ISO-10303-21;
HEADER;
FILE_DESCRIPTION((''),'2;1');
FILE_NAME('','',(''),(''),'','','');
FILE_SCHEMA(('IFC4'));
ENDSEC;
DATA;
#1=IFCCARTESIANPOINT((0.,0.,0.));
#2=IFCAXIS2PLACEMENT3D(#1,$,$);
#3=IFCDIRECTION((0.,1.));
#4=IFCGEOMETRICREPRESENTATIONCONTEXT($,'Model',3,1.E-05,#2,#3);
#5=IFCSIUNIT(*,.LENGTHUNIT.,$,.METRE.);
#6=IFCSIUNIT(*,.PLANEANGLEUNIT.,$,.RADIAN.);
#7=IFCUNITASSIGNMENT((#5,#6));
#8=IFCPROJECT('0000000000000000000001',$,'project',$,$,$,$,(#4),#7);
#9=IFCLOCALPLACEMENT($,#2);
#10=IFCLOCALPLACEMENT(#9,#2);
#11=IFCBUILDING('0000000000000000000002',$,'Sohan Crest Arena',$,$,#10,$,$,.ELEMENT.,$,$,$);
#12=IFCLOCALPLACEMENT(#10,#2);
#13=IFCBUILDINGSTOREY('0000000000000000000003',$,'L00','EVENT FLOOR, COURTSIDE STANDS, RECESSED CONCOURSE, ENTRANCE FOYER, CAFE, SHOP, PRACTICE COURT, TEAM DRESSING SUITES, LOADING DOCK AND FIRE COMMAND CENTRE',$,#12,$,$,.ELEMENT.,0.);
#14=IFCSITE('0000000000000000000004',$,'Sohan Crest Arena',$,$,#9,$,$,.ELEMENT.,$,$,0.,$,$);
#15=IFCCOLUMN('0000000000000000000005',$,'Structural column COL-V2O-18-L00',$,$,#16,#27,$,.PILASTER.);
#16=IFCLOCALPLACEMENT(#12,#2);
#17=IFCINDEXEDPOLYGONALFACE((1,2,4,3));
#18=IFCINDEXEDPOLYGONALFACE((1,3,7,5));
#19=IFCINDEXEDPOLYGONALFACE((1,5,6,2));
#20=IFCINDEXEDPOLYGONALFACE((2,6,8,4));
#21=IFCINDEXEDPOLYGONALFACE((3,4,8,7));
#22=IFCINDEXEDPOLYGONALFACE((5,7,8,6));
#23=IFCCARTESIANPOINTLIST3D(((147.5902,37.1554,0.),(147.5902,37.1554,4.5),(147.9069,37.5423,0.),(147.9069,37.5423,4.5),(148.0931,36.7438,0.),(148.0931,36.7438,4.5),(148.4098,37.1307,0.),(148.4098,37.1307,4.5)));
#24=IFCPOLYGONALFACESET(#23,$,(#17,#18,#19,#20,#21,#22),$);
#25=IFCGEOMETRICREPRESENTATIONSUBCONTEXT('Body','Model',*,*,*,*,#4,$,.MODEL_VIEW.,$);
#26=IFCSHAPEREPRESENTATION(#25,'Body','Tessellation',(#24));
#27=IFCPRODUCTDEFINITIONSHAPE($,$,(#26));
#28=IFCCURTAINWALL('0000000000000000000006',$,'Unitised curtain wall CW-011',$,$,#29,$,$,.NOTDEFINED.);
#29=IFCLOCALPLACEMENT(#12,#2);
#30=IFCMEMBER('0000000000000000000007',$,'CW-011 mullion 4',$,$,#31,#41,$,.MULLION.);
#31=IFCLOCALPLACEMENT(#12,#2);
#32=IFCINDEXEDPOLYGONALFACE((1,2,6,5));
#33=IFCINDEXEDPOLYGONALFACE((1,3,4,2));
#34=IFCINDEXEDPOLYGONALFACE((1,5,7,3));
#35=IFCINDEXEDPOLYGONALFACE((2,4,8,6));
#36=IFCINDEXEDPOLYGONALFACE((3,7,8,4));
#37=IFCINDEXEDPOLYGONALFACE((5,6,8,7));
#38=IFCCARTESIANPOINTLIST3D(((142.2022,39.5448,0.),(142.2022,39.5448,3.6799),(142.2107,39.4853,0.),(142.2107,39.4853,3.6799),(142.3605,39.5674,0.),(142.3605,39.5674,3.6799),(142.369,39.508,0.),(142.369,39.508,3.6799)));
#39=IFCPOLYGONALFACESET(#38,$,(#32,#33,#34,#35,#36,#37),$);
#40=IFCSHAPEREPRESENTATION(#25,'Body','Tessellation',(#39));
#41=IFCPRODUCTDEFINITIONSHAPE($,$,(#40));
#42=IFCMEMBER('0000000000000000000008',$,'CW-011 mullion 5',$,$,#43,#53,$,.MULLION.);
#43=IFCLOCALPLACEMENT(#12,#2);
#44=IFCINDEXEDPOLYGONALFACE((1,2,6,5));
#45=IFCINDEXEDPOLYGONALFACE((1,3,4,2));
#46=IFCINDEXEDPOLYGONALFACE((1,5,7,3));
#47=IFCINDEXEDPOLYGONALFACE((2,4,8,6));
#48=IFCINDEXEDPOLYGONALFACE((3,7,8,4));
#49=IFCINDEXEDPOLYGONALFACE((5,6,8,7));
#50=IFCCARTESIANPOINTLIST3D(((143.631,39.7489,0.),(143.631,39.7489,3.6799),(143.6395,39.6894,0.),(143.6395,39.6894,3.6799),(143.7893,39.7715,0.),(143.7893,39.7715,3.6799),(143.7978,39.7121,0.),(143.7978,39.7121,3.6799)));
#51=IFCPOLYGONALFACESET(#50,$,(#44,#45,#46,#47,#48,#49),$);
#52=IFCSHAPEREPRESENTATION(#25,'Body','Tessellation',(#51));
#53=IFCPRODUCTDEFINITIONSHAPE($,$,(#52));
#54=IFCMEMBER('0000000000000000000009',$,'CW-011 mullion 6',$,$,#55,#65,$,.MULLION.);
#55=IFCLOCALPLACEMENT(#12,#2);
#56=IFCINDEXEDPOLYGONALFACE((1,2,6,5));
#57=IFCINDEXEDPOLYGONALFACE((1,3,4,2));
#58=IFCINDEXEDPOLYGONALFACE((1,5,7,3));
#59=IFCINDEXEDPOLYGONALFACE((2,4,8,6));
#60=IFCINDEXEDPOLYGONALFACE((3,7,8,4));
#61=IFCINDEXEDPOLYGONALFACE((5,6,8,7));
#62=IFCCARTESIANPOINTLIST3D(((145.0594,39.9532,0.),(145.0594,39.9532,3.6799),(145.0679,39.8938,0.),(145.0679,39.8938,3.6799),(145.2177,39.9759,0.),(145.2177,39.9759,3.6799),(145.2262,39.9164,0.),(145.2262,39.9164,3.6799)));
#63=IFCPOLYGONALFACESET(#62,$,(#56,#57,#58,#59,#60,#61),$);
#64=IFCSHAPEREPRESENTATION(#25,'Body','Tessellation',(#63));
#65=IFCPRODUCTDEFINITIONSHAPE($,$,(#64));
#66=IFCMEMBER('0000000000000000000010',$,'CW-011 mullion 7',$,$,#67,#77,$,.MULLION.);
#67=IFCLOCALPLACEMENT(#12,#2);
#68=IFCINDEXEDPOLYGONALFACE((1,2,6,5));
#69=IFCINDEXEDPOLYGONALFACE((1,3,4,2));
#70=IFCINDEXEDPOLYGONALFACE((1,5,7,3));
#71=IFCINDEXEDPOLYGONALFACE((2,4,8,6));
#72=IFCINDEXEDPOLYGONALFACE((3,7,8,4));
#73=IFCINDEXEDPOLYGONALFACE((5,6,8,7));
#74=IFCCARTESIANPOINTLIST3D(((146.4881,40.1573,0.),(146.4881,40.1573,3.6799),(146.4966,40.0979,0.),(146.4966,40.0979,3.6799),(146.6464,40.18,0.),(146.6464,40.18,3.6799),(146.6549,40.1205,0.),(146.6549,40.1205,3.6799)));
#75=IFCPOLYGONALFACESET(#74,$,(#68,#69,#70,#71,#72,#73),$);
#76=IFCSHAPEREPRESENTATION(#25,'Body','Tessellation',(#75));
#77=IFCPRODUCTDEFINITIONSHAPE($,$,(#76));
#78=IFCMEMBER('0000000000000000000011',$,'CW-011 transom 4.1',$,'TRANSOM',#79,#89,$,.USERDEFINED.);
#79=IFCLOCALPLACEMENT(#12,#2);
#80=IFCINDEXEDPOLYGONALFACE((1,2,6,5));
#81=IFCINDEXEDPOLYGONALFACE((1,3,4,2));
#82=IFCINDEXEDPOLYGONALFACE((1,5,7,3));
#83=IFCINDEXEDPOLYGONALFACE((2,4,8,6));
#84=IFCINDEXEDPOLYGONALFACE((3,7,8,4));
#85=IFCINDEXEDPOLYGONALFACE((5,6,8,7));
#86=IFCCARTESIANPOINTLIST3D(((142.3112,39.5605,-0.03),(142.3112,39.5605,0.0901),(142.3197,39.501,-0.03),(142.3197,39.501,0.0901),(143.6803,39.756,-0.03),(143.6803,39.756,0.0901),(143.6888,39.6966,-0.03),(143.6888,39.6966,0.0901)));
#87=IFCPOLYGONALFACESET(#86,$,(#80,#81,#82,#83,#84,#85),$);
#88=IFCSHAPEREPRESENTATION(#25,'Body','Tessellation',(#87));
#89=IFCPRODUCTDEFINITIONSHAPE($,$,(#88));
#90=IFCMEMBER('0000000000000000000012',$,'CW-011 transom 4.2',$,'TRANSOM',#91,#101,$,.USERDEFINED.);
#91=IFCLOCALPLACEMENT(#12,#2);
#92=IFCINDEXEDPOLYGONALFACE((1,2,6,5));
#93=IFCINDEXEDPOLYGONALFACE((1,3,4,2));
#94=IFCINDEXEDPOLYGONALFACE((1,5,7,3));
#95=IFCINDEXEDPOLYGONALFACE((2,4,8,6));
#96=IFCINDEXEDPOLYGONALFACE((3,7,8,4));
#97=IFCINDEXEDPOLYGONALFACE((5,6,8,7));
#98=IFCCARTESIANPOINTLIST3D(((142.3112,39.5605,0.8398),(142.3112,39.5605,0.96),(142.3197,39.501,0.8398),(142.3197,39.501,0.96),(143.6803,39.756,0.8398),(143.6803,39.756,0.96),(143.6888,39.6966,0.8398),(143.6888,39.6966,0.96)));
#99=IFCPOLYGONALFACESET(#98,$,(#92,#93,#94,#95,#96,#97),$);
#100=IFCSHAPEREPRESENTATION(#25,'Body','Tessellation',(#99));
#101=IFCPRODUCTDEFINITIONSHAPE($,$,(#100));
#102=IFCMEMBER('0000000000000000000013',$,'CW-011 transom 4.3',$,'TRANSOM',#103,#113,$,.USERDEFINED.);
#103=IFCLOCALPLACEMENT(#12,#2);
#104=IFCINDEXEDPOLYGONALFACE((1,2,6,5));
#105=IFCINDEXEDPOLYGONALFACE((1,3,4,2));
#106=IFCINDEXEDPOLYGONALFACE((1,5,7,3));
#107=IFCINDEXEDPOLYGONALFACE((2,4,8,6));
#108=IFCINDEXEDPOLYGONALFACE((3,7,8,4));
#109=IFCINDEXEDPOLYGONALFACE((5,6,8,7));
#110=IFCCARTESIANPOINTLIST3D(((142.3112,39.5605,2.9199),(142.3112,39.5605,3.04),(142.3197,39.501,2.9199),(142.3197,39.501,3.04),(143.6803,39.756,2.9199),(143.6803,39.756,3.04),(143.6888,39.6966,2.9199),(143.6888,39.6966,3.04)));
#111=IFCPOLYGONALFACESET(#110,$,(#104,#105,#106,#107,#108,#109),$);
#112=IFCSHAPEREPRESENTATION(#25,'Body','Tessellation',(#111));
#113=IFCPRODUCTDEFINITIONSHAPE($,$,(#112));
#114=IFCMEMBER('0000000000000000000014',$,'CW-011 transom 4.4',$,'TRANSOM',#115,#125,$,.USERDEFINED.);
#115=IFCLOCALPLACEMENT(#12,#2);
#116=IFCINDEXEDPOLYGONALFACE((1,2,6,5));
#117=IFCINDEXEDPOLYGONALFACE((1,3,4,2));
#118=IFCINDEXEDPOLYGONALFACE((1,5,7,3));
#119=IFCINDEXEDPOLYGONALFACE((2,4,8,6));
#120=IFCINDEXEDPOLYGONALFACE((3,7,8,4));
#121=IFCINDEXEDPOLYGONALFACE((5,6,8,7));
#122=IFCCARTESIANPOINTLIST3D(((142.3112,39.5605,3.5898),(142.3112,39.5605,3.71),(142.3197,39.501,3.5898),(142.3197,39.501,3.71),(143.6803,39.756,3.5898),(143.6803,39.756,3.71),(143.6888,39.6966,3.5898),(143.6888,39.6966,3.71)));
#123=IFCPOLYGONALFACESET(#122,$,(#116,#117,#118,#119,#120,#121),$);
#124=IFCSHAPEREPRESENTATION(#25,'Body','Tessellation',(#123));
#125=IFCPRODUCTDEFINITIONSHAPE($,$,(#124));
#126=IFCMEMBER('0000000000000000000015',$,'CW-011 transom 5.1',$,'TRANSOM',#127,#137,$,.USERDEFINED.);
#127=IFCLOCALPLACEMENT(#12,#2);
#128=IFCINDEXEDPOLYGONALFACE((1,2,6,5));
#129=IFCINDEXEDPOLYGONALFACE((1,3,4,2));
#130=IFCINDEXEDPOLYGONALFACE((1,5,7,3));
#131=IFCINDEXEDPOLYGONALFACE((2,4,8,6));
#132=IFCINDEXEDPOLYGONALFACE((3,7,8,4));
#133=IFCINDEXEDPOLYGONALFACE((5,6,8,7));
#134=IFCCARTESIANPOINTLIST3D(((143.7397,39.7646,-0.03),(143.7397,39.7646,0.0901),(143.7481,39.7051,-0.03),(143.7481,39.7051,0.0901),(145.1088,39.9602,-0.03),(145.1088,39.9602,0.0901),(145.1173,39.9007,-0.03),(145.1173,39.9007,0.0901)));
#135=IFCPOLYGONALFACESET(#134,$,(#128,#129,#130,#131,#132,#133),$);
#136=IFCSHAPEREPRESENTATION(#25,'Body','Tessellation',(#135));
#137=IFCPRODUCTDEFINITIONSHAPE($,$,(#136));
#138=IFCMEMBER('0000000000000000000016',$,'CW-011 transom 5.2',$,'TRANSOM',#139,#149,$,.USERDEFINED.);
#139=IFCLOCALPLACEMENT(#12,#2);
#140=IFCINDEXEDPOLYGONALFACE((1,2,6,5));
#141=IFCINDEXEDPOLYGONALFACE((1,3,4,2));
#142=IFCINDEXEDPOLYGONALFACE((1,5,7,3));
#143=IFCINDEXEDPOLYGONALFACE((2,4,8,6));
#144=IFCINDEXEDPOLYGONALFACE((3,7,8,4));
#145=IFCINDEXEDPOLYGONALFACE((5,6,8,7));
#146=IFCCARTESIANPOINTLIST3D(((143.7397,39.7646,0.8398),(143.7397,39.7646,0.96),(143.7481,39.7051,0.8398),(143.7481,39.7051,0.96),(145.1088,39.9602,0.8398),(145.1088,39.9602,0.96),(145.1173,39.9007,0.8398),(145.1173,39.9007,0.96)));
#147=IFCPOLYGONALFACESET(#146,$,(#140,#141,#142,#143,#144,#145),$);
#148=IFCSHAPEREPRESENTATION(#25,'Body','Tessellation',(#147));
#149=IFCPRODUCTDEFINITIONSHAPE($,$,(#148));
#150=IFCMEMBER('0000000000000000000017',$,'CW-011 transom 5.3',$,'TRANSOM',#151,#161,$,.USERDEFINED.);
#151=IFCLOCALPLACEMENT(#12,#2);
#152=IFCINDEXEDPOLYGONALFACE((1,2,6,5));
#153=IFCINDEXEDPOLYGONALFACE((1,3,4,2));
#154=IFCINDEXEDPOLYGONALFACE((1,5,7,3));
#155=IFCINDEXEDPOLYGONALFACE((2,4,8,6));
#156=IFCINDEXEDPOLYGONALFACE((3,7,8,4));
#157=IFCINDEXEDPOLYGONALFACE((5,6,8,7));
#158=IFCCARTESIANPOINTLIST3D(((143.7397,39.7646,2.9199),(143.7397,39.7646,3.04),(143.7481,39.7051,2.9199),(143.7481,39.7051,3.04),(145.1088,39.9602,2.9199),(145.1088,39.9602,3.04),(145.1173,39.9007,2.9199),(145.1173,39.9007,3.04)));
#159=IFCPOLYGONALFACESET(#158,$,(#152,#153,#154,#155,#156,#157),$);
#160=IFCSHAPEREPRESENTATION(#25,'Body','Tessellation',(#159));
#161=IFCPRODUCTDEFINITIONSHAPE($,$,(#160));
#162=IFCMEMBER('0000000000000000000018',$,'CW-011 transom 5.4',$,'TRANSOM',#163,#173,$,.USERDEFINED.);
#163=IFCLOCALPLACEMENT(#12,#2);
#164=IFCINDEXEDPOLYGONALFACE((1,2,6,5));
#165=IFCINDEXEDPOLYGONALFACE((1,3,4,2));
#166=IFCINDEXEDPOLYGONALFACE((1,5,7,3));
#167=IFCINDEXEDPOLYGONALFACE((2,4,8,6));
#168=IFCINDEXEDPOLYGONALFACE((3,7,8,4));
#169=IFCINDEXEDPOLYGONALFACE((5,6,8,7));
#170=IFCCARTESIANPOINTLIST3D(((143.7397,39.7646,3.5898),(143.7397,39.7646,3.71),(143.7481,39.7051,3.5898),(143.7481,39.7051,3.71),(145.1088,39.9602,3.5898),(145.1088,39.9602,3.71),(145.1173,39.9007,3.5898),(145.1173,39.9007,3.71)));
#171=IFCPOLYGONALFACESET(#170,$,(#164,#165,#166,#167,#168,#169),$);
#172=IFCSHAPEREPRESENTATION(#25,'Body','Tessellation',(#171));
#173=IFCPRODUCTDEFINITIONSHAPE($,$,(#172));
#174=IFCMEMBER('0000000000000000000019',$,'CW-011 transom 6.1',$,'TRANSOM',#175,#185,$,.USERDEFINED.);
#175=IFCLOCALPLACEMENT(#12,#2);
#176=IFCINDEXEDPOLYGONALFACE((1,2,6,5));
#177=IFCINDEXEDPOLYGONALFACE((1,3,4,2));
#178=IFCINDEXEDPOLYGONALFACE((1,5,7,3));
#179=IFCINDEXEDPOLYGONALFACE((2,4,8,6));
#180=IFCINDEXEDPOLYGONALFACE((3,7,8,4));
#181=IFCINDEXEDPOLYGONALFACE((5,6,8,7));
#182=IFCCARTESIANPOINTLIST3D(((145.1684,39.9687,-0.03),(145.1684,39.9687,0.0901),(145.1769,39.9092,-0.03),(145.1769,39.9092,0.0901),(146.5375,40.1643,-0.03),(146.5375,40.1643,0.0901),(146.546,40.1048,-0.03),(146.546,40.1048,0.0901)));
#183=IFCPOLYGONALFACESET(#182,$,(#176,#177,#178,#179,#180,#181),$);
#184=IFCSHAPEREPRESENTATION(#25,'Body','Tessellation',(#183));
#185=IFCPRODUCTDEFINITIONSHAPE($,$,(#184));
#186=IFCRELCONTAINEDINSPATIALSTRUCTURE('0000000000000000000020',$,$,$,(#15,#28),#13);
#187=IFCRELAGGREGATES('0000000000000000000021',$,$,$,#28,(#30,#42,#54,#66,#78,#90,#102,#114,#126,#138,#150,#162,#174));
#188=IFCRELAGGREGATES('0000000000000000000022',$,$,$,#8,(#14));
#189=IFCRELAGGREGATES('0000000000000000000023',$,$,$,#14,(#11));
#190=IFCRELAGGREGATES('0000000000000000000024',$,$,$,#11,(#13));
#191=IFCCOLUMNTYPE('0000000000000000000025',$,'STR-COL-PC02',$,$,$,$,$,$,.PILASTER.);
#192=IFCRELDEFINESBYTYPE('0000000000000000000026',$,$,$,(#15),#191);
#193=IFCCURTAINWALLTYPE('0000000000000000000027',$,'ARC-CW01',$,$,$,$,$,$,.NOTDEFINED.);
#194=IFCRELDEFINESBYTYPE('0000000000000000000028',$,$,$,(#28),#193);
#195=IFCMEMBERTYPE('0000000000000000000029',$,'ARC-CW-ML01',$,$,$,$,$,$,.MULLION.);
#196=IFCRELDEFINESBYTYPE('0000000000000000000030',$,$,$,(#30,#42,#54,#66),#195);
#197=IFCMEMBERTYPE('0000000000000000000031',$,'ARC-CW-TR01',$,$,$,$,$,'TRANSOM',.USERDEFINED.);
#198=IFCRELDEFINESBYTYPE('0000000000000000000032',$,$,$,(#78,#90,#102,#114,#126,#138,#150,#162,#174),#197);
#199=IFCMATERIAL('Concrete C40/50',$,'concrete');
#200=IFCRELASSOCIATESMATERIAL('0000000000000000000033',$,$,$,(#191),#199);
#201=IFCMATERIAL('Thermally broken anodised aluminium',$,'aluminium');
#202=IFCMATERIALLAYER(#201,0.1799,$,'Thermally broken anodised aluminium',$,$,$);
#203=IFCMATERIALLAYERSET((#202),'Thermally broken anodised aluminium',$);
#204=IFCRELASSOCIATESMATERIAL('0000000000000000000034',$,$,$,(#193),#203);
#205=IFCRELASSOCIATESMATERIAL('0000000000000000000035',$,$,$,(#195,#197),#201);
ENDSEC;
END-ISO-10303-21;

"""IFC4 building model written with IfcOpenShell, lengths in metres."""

from ifc_helpers import new_model, si_unit, direction, frame, origin, origin_2d, place, context, subcontext, project, spatial, rectangle, extrude, material, layer, layer_set, material_profile, profile_set, type_object, element, aggregate, save


model = new_model("IFC4")

# Units and contexts
model_context = context("Model", 3, precision=1e-05, world=origin(), true_north=direction((0.0, 1.0)))
body_context = subcontext(model_context, "Body", "Model", "MODEL_VIEW")
ifc_project = project(units=[si_unit("LENGTHUNIT", "METRE"), si_unit("PLANEANGLEUNIT", "RADIAN")], contexts=[model_context])

# Site, building, storey
site_placement = place(None, origin())
site = spatial("IfcSite", under=ifc_project, at=site_placement, Name="Sohan Crest Arena", CompositionType="ELEMENT", RefElevation=0.0)
building_placement = place(site_placement, origin())
building = spatial("IfcBuilding", under=site, at=building_placement, Name="Sohan Crest Arena", CompositionType="ELEMENT")
storey_placement = place(building_placement, origin())
storey = spatial("IfcBuildingStorey", under=building, at=storey_placement, Name="L00", Description="EVENT FLOOR, COURTSIDE STANDS, RECESSED CONCOURSE, ENTRANCE FOYER, CAFE, SHOP, PRACTICE COURT, TEAM DRESSING SUITES, LOADING DOCK AND FIRE COMMAND CENTRE", CompositionType="ELEMENT", Elevation=0.0)

# Column
ifc_material_1 = material(Name="Concrete C40/50", Category="concrete")
ifc_material_profile_1 = material_profile(ifc_material_1, rectangle(XDim=0.6499, YDim=0.5, at=origin_2d()), Name="RC 650x500")
ifc_profile_set_1 = profile_set([ifc_material_profile_1], Name="Concrete C40/50")
column_type = type_object("IfcColumnType", Name="STR-COL-PC02", PredefinedType="PILASTER", material=ifc_profile_set_1)
column_placement = place(storey_placement, frame((148.0, 37.1431, 0.0), z_axis=(0.0, 0.0, 1.0), x_axis=(-0.77384, 0.633381, 0.0)))
element("IfcColumn", 1, at=column_placement, inside=storey, type_object=column_type, Name="Structural column COL-V2O-18-L00", PredefinedType="PILASTER", context=body_context, shape_type="SweptSolid", body=[
    extrude(rectangle(XDim=0.6499, YDim=0.5, at=origin_2d()), origin(), (0.0, 0.0, 1.0), 4.5),
])

# Curtain wall, members
ifc_material_2 = material(Name="Thermally broken anodised aluminium", Category="aluminium")
ifc_layer_1 = layer(ifc_material_2, 0.1799, Name="Thermally broken anodised aluminium")
ifc_layer_set_1 = layer_set([ifc_layer_1], Name="Thermally broken anodised aluminium")
curtain_wall_type = type_object("IfcCurtainWallType", Name="ARC-CW01", PredefinedType="NOTDEFINED", material=ifc_layer_set_1)
curtain_wall_placement = place(storey_placement, origin())
curtain_wall = element("IfcCurtainWall", 2, at=curtain_wall_placement, inside=storey, type_object=curtain_wall_type, Name="Unitised curtain wall CW-011", PredefinedType="NOTDEFINED")
ifc_material_profile_2 = material_profile(ifc_material_2, rectangle(XDim=0.0601, YDim=0.1599, at=origin_2d()), Name="ALU-MULL 60x160")
ifc_profile_set_2 = profile_set([ifc_material_profile_2], Name="Thermally broken anodised aluminium")
member_type_1 = type_object("IfcMemberType", Name="ARC-CW-ML01", PredefinedType="MULLION", material=ifc_profile_set_2)
member_1_placement = place(storey_placement, frame((142.2856, 39.5264, 0.0), z_axis=(0.0, 0.0, 1.0), x_axis=(-0.141463, 0.989944, 0.0)))
member_1 = element("IfcMember", 3, at=member_1_placement, type_object=member_type_1, Name="CW-011 mullion 4", PredefinedType="MULLION", context=body_context, shape_type="SweptSolid", body=[
    extrude(rectangle(XDim=0.0601, YDim=0.1599, at=origin_2d()), origin(), (0.0, 0.0, 1.0), 3.6799),
])
member_2_placement = place(storey_placement, frame((143.7144, 39.7305, 0.0), z_axis=(0.0, 0.0, 1.0), x_axis=(-0.141463, 0.989944, 0.0)))
member_2 = element("IfcMember", 4, at=member_2_placement, type_object=member_type_1, Name="CW-011 mullion 5", PredefinedType="MULLION", context=body_context, shape_type="SweptSolid", body=[
    extrude(rectangle(XDim=0.0601, YDim=0.1599, at=origin_2d()), origin(), (0.0, 0.0, 1.0), 3.6799),
])
member_3_placement = place(storey_placement, frame((145.1428, 39.9348, 0.0), z_axis=(0.0, 0.0, 1.0), x_axis=(-0.141463, 0.989944, 0.0)))
member_3 = element("IfcMember", 5, at=member_3_placement, type_object=member_type_1, Name="CW-011 mullion 6", PredefinedType="MULLION", context=body_context, shape_type="SweptSolid", body=[
    extrude(rectangle(XDim=0.0601, YDim=0.1599, at=origin_2d()), origin(), (0.0, 0.0, 1.0), 3.6799),
])
member_4_placement = place(storey_placement, frame((146.5715, 40.1389, 0.0), z_axis=(0.0, 0.0, 1.0), x_axis=(-0.141463, 0.989944, 0.0)))
member_4 = element("IfcMember", 6, at=member_4_placement, type_object=member_type_1, Name="CW-011 mullion 7", PredefinedType="MULLION", context=body_context, shape_type="SweptSolid", body=[
    extrude(rectangle(XDim=0.0601, YDim=0.1599, at=origin_2d()), origin(), (0.0, 0.0, 1.0), 3.6799),
])
ifc_material_profile_3 = material_profile(ifc_material_2, rectangle(XDim=0.0601, YDim=0.1201, at=origin_2d()), Name="ALU-TRAN 60x120")
ifc_profile_set_3 = profile_set([ifc_material_profile_3], Name="Thermally broken anodised aluminium")
member_type_2 = type_object("IfcMemberType", Name="ARC-CW-TR01", ElementType="TRANSOM", PredefinedType="USERDEFINED", material=ifc_profile_set_3)
member_5_placement = place(storey_placement, frame((142.3154, 39.5308, 0.03), z_axis=(0.989953, 0.141397, 0.0), x_axis=(-0.141397, 0.989953, 0.0)))
member_5 = element("IfcMember", 7, at=member_5_placement, type_object=member_type_2, Name="CW-011 transom 4.1", ObjectType="TRANSOM", PredefinedType="USERDEFINED", context=body_context, shape_type="SweptSolid", body=[
    extrude(rectangle(XDim=0.0601, YDim=0.1201, at=origin_2d()), origin(), (0.0, 0.0, 1.0), 1.3831),
])
member_6_placement = place(storey_placement, frame((142.3154, 39.5308, 0.8999), z_axis=(0.989953, 0.141397, 0.0), x_axis=(-0.141397, 0.989953, 0.0)))
member_6 = element("IfcMember", 8, at=member_6_placement, type_object=member_type_2, Name="CW-011 transom 4.2", ObjectType="TRANSOM", PredefinedType="USERDEFINED", context=body_context, shape_type="SweptSolid", body=[
    extrude(rectangle(XDim=0.0601, YDim=0.1201, at=origin_2d()), origin(), (0.0, 0.0, 1.0), 1.3831),
])
member_7_placement = place(storey_placement, frame((142.3154, 39.5308, 2.98), z_axis=(0.989953, 0.141397, 0.0), x_axis=(-0.141397, 0.989953, 0.0)))
member_7 = element("IfcMember", 9, at=member_7_placement, type_object=member_type_2, Name="CW-011 transom 4.3", ObjectType="TRANSOM", PredefinedType="USERDEFINED", context=body_context, shape_type="SweptSolid", body=[
    extrude(rectangle(XDim=0.0601, YDim=0.1201, at=origin_2d()), origin(), (0.0, 0.0, 1.0), 1.3831),
])
member_8_placement = place(storey_placement, frame((142.3154, 39.5308, 3.6499), z_axis=(0.989953, 0.141397, 0.0), x_axis=(-0.141397, 0.989953, 0.0)))
member_8 = element("IfcMember", 10, at=member_8_placement, type_object=member_type_2, Name="CW-011 transom 4.4", ObjectType="TRANSOM", PredefinedType="USERDEFINED", context=body_context, shape_type="SweptSolid", body=[
    extrude(rectangle(XDim=0.0601, YDim=0.1201, at=origin_2d()), origin(), (0.0, 0.0, 1.0), 1.3831),
])
member_9_placement = place(storey_placement, frame((143.7439, 39.7349, 0.03), z_axis=(0.989953, 0.141397, 0.0), x_axis=(-0.141397, 0.989953, 0.0)))
member_9 = element("IfcMember", 11, at=member_9_placement, type_object=member_type_2, Name="CW-011 transom 5.1", ObjectType="TRANSOM", PredefinedType="USERDEFINED", context=body_context, shape_type="SweptSolid", body=[
    extrude(rectangle(XDim=0.0601, YDim=0.1201, at=origin_2d()), origin(), (0.0, 0.0, 1.0), 1.3831),
])
member_10_placement = place(storey_placement, frame((143.7439, 39.7349, 0.8999), z_axis=(0.989953, 0.141397, 0.0), x_axis=(-0.141397, 0.989953, 0.0)))
member_10 = element("IfcMember", 12, at=member_10_placement, type_object=member_type_2, Name="CW-011 transom 5.2", ObjectType="TRANSOM", PredefinedType="USERDEFINED", context=body_context, shape_type="SweptSolid", body=[
    extrude(rectangle(XDim=0.0601, YDim=0.1201, at=origin_2d()), origin(), (0.0, 0.0, 1.0), 1.3831),
])
member_11_placement = place(storey_placement, frame((143.7439, 39.7349, 2.98), z_axis=(0.989953, 0.141397, 0.0), x_axis=(-0.141397, 0.989953, 0.0)))
member_11 = element("IfcMember", 13, at=member_11_placement, type_object=member_type_2, Name="CW-011 transom 5.3", ObjectType="TRANSOM", PredefinedType="USERDEFINED", context=body_context, shape_type="SweptSolid", body=[
    extrude(rectangle(XDim=0.0601, YDim=0.1201, at=origin_2d()), origin(), (0.0, 0.0, 1.0), 1.3831),
])
member_12_placement = place(storey_placement, frame((143.7439, 39.7349, 3.6499), z_axis=(0.989953, 0.141397, 0.0), x_axis=(-0.141397, 0.989953, 0.0)))
member_12 = element("IfcMember", 14, at=member_12_placement, type_object=member_type_2, Name="CW-011 transom 5.4", ObjectType="TRANSOM", PredefinedType="USERDEFINED", context=body_context, shape_type="SweptSolid", body=[
    extrude(rectangle(XDim=0.0601, YDim=0.1201, at=origin_2d()), origin(), (0.0, 0.0, 1.0), 1.3831),
])
member_13_placement = place(storey_placement, frame((145.1726, 39.939, 0.03), z_axis=(0.989953, 0.141397, 0.0), x_axis=(-0.141397, 0.989953, 0.0)))
member_13 = element("IfcMember", 15, at=member_13_placement, type_object=member_type_2, Name="CW-011 transom 6.1", ObjectType="TRANSOM", PredefinedType="USERDEFINED", context=body_context, shape_type="SweptSolid", body=[
    extrude(rectangle(XDim=0.0601, YDim=0.1201, at=origin_2d()), origin(), (0.0, 0.0, 1.0), 1.3831),
])
aggregate(curtain_wall, [member_1, member_2, member_3, member_4, member_5, member_6, member_7, member_8, member_9, member_10, member_11, member_12, member_13])

save(model, "model.ifc")
